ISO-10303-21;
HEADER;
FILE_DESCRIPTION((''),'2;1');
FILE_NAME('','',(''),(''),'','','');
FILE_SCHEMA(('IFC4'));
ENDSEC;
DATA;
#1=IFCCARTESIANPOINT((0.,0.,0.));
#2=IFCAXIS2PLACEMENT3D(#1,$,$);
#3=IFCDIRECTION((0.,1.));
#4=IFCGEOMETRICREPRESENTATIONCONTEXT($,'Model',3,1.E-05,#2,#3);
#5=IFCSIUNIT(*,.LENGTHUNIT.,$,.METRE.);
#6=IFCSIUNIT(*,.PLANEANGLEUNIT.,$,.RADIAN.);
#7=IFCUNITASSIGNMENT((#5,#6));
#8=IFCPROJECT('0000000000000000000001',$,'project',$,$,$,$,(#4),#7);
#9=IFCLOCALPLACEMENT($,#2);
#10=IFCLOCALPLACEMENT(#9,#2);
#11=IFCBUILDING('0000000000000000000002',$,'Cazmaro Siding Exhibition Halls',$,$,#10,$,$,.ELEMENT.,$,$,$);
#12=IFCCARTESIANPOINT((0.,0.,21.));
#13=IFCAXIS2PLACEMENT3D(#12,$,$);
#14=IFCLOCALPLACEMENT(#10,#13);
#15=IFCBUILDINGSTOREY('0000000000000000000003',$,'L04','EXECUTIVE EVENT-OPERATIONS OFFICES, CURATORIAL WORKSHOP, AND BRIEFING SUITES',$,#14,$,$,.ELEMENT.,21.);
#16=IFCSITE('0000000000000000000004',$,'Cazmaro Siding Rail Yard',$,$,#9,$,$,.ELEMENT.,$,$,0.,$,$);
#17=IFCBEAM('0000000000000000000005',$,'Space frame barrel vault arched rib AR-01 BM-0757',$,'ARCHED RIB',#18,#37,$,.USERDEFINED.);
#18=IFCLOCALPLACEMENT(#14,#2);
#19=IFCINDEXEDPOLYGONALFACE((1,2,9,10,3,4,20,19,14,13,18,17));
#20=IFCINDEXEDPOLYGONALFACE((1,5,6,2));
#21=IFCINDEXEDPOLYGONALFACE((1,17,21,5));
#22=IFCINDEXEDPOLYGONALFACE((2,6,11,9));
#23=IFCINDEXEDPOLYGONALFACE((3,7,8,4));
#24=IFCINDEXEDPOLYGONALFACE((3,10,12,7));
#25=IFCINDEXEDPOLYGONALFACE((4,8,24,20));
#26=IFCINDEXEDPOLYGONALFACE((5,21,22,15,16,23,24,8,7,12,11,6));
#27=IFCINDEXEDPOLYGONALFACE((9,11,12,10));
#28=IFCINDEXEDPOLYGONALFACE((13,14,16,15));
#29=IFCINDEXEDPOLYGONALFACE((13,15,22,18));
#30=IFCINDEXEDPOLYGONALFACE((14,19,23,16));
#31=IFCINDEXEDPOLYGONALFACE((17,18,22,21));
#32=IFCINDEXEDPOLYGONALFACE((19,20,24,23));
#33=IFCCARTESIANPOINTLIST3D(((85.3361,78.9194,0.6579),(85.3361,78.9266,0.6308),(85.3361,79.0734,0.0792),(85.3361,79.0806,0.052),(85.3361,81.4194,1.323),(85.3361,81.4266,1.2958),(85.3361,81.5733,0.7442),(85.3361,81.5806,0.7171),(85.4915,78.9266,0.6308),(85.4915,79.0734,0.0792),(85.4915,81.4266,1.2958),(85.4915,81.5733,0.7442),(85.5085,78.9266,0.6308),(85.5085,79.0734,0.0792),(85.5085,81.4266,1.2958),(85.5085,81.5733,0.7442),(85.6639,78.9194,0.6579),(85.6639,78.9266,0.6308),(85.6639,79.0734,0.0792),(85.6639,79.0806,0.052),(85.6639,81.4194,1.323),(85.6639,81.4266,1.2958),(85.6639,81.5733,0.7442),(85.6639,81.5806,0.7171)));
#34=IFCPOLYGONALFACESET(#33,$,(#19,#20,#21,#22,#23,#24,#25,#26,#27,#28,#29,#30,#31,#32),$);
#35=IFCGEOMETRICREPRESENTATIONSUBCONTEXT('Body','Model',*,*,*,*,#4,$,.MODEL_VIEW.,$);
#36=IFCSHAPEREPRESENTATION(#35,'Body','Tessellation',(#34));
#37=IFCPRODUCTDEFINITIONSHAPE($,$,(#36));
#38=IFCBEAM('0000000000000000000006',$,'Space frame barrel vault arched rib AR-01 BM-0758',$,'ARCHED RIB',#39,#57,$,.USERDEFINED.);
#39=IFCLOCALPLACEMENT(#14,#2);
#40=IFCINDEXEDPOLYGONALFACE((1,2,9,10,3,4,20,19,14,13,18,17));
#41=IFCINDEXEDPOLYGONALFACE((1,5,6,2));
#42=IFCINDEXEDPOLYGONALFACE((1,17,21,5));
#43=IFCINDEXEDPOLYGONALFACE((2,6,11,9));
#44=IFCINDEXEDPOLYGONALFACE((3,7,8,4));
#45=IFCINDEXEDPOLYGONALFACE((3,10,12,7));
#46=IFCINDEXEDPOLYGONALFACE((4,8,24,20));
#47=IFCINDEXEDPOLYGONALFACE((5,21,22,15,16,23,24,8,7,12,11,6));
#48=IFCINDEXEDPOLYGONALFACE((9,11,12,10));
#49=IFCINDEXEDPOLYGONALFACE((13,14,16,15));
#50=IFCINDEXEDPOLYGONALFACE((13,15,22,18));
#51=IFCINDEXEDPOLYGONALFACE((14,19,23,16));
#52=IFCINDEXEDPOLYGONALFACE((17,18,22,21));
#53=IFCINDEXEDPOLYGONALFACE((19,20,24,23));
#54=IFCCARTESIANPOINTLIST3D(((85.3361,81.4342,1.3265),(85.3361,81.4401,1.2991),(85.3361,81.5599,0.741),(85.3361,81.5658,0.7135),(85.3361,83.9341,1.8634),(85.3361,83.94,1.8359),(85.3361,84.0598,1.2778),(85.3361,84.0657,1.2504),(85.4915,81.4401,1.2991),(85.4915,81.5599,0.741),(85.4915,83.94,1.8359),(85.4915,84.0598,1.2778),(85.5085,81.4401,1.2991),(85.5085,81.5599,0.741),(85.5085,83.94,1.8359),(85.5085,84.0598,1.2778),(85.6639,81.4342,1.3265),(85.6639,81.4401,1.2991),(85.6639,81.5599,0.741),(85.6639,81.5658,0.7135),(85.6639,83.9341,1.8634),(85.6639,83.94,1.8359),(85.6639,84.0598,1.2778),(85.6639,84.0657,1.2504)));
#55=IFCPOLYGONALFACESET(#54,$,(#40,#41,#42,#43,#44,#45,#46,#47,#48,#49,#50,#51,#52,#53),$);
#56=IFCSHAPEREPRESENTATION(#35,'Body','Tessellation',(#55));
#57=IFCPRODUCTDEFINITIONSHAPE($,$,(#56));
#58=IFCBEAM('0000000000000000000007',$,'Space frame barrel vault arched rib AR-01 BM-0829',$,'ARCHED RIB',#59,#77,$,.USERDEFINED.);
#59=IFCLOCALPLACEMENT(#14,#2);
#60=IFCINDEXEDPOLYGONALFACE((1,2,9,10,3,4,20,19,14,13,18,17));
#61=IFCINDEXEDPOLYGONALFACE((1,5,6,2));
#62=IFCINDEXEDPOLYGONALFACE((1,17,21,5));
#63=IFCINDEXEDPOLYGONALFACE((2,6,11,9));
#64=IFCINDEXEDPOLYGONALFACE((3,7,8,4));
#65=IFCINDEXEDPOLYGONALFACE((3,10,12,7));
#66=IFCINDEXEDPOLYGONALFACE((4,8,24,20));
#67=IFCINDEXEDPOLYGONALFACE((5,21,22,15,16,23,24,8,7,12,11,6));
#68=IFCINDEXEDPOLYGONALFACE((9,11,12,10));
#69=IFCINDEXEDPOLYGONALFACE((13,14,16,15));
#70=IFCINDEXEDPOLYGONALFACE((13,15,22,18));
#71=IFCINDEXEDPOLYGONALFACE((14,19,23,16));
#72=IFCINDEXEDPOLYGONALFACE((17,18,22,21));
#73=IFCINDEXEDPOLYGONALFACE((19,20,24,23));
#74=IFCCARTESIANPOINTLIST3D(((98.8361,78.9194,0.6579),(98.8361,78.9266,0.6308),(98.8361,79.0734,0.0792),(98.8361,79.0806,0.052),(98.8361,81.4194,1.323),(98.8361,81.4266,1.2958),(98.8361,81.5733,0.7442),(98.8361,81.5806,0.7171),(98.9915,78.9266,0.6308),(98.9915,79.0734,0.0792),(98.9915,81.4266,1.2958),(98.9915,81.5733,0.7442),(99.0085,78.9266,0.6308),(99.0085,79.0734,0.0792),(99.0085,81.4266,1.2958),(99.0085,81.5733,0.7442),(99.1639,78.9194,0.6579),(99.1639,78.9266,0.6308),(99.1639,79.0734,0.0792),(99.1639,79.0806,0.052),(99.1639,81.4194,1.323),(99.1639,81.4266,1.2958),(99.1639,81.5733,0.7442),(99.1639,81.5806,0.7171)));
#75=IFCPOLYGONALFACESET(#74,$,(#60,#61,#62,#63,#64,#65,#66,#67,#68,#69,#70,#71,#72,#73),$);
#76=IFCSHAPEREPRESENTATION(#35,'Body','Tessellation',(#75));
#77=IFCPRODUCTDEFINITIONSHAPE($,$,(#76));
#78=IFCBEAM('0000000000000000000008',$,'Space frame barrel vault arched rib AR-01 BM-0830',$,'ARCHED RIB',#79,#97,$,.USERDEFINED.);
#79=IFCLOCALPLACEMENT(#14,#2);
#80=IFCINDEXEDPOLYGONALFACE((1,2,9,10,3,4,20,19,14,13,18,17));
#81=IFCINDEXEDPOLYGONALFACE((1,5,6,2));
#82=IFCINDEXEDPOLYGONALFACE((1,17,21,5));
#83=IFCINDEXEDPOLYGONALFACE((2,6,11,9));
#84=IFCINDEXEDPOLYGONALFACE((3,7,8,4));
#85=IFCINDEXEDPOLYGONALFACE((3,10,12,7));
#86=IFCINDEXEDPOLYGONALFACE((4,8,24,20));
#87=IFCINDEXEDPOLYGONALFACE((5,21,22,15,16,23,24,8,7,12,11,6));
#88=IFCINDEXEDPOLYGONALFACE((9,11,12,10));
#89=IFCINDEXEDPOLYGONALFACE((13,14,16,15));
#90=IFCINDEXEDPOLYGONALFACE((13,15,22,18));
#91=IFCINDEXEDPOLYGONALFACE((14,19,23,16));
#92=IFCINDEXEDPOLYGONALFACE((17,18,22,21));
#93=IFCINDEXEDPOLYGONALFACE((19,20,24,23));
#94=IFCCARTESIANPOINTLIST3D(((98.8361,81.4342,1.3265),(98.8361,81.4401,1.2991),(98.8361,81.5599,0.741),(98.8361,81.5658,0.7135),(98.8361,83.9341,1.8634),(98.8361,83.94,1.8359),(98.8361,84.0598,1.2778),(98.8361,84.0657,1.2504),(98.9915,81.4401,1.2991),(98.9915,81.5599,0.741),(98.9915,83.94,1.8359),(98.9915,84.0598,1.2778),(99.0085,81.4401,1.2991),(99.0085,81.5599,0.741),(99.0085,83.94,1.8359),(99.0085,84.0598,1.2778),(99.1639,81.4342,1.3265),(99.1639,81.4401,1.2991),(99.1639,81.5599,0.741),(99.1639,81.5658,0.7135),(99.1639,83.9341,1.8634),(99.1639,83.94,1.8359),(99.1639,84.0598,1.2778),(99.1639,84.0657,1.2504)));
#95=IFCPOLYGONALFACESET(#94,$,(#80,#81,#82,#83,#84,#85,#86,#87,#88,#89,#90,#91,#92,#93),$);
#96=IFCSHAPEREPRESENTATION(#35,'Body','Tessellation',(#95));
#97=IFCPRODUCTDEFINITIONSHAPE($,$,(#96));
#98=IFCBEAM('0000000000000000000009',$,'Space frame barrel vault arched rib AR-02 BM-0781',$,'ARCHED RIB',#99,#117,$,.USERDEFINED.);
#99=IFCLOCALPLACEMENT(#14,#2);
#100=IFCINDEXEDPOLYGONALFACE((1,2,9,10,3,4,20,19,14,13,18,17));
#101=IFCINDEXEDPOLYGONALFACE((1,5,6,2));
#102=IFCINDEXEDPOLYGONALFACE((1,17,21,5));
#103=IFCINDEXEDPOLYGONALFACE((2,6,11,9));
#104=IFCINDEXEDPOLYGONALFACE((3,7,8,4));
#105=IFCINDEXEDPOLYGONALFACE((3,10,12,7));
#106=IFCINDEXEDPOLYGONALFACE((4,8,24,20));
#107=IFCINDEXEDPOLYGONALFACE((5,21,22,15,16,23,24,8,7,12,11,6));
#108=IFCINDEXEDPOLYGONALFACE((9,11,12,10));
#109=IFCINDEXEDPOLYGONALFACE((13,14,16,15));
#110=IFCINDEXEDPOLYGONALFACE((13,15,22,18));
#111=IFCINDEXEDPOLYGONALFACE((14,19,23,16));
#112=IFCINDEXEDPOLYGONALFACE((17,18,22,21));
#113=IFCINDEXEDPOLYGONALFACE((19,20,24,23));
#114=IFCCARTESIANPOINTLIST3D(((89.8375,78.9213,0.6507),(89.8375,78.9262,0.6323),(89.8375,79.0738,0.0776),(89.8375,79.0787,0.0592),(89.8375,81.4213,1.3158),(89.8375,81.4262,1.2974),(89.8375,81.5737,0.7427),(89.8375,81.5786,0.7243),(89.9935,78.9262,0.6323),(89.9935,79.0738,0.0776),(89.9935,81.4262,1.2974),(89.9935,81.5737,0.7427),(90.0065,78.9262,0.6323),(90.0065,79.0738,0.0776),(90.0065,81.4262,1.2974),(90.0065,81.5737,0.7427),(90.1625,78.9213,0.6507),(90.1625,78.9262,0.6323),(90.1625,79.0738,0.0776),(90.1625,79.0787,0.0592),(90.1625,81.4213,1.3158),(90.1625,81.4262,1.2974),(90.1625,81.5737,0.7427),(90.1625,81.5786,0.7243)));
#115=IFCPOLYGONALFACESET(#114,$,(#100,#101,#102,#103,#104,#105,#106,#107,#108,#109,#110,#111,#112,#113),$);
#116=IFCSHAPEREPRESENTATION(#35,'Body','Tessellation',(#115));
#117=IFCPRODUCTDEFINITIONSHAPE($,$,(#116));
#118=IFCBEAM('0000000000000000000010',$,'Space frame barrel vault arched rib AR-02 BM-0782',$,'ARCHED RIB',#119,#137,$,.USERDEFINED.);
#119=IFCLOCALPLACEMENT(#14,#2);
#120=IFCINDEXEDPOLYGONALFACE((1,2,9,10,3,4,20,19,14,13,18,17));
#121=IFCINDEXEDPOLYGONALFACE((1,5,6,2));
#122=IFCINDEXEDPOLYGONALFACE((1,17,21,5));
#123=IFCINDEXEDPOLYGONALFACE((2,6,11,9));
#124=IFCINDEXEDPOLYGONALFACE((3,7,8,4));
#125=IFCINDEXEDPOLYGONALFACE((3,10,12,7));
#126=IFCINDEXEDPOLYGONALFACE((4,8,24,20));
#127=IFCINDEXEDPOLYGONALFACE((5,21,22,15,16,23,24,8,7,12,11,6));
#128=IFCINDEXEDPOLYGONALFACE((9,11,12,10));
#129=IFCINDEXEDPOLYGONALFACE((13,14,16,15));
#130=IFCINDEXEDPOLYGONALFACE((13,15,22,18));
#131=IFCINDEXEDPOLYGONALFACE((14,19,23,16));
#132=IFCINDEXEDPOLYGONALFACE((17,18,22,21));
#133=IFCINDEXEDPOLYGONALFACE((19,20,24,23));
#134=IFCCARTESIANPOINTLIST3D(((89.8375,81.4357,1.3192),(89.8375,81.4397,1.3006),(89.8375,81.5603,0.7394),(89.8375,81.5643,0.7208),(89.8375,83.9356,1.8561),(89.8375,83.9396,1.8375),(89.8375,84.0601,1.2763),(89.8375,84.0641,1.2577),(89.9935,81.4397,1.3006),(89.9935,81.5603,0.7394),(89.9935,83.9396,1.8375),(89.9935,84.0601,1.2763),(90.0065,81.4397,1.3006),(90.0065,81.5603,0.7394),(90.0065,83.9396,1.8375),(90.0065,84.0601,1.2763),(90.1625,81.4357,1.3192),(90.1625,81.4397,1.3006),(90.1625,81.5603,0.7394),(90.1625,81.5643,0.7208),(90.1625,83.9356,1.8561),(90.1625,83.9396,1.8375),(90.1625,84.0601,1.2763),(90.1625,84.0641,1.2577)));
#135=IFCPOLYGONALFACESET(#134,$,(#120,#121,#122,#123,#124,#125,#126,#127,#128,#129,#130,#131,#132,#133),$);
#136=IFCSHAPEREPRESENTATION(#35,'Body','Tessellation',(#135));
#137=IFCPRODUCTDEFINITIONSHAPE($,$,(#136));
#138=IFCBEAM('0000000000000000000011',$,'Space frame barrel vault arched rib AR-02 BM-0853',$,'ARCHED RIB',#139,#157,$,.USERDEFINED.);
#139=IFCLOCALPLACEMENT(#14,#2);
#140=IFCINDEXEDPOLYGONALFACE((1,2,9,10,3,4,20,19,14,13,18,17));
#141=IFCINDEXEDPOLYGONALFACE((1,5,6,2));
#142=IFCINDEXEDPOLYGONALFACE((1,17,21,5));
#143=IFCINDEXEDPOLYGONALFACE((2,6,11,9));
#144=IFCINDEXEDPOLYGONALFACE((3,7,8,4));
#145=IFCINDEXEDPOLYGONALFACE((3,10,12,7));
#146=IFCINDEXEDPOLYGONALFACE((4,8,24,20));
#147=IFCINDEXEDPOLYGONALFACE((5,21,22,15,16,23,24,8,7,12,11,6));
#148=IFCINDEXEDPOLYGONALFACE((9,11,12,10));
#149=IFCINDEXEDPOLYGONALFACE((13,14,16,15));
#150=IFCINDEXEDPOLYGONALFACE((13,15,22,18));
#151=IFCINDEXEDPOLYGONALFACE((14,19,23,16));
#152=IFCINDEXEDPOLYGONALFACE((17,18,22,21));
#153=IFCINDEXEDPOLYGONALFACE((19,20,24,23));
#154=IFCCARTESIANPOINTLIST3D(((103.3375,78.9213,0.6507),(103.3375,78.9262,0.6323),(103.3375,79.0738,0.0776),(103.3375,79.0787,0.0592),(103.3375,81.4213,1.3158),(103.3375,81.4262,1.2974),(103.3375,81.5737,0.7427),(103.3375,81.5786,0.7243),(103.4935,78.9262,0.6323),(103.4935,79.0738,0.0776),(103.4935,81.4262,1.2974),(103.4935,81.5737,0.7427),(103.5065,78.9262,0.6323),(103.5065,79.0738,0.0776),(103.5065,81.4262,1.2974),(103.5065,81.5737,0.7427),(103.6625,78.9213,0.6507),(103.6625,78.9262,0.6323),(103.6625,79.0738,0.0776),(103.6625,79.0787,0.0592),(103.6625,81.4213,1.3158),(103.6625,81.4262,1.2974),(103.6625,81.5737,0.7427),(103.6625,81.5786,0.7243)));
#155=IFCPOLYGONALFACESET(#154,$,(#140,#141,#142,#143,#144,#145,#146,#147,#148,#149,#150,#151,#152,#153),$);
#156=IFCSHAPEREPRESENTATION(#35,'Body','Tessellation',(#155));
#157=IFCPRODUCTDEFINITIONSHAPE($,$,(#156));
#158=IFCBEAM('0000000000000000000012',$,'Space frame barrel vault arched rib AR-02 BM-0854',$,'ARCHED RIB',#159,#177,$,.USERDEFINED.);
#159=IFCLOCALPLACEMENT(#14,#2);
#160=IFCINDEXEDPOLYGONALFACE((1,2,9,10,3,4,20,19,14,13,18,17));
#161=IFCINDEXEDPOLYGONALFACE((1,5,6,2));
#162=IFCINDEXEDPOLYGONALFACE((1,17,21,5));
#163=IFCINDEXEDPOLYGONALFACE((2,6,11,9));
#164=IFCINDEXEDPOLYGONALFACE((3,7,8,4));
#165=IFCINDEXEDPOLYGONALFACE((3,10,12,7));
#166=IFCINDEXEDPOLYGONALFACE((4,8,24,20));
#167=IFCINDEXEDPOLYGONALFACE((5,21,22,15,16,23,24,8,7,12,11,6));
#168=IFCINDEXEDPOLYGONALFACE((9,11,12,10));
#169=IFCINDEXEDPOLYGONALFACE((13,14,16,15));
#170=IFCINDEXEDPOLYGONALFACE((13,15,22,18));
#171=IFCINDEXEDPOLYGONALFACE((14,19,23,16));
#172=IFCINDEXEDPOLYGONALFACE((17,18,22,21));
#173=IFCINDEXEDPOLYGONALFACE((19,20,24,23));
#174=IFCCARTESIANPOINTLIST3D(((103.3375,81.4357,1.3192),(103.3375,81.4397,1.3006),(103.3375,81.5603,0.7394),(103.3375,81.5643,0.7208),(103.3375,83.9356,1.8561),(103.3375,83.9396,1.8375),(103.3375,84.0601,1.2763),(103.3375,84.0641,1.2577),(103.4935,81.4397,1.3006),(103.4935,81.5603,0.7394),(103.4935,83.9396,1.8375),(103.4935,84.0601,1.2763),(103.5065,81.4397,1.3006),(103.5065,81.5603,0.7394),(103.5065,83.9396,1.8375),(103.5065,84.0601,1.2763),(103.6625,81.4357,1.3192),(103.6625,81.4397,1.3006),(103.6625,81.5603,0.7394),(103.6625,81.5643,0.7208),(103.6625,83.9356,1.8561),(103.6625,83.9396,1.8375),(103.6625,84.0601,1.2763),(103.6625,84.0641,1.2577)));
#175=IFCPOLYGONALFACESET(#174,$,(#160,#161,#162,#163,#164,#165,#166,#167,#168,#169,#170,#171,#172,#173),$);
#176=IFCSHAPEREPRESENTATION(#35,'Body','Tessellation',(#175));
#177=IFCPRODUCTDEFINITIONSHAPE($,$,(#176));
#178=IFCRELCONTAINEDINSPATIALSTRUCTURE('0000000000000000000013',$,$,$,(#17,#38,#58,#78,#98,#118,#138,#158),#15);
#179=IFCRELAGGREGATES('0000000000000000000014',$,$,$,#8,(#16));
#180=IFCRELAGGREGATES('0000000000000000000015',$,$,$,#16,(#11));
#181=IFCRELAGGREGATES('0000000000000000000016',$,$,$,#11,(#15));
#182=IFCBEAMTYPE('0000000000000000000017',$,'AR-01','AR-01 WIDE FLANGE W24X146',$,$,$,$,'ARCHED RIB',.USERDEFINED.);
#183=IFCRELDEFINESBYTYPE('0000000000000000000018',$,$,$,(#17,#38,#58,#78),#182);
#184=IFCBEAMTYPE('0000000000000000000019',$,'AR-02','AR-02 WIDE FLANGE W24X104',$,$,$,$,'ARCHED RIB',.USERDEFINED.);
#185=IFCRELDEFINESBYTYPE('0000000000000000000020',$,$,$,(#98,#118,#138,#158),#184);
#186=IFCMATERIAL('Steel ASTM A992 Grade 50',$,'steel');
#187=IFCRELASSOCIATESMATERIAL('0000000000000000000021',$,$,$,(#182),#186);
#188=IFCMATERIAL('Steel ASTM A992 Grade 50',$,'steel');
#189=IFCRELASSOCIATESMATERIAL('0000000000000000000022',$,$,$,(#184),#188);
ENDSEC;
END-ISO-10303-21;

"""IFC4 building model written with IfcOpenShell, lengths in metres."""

from ifc_helpers import new_model, si_unit, direction, frame, origin, origin_2d, place, context, subcontext, project, spatial, i_section, extrude, material, material_profile, profile_set, type_object, element, save


model = new_model("IFC4")

# Units and contexts
model_context = context("Model", 3, precision=1e-05, world=origin(), true_north=direction((0.0, 1.0)))
body_context = subcontext(model_context, "Body", "Model", "MODEL_VIEW")
ifc_project = project(units=[si_unit("LENGTHUNIT", "METRE"), si_unit("PLANEANGLEUNIT", "RADIAN")], contexts=[model_context])

# Site, building, storey
site_placement = place(None, origin())
site = spatial("IfcSite", under=ifc_project, at=site_placement, Name="Cazmaro Siding Rail Yard", CompositionType="ELEMENT", RefElevation=0.0)
building_placement = place(site_placement, origin())
building = spatial("IfcBuilding", under=site, at=building_placement, Name="Cazmaro Siding Exhibition Halls", CompositionType="ELEMENT")
storey_placement = place(building_placement, frame((0.0, 0.0, 21.0)))
storey = spatial("IfcBuildingStorey", under=building, at=storey_placement, Name="L04", Description="EXECUTIVE EVENT-OPERATIONS OFFICES, CURATORIAL WORKSHOP, AND BRIEFING SUITES", CompositionType="ELEMENT", Elevation=21.0)

# Beams
ifc_material_1 = material(Name="Steel ASTM A992 Grade 50", Category="steel")
ifc_material_profile_1 = material_profile(ifc_material_1, i_section(OverallWidth=0.3279, OverallDepth=0.627, WebThickness=0.0171, FlangeThickness=0.0281, at=origin_2d()), Name="W24X146")
ifc_profile_set_1 = profile_set([ifc_material_profile_1], Name="Steel ASTM A992 Grade 50")
beam_type_1 = type_object("IfcBeamType", Name="AR-01", Description="AR-01 WIDE FLANGE W24X146", ElementType="ARCHED RIB", PredefinedType="USERDEFINED", material=ifc_profile_set_1)
beam_1_placement = place(storey_placement, frame((85.5, 79.0, 0.355), z_axis=(0.0, 0.966391, 0.257075), x_axis=(-1.0, 0.0, 0.0)))
element("IfcBeam", 1, at=beam_1_placement, inside=storey, type_object=beam_type_1, Name="Space frame barrel vault arched rib AR-01 BM-0757", ObjectType="ARCHED RIB", PredefinedType="USERDEFINED", context=body_context, shape_type="SweptSolid", body=[
    extrude(i_section(OverallWidth=0.3279, OverallDepth=0.627, WebThickness=0.0171, FlangeThickness=0.0281, at=origin_2d()), origin(), (0.0, 0.0, 1.0), 2.5869),
])
beam_2_placement = place(storey_placement, frame((85.5, 81.5, 1.02), z_axis=(0.0, 0.97771, 0.209959), x_axis=(-1.0, 0.0, 0.0)))
element("IfcBeam", 2, at=beam_2_placement, inside=storey, type_object=beam_type_1, Name="Space frame barrel vault arched rib AR-01 BM-0758", ObjectType="ARCHED RIB", PredefinedType="USERDEFINED", context=body_context, shape_type="SweptSolid", body=[
    extrude(i_section(OverallWidth=0.3279, OverallDepth=0.627, WebThickness=0.0171, FlangeThickness=0.0281, at=origin_2d()), origin(), (0.0, 0.0, 1.0), 2.5569),
])
beam_3_placement = place(storey_placement, frame((99.0, 79.0, 0.355), z_axis=(0.0, 0.966391, 0.257075), x_axis=(-1.0, 0.0, 0.0)))
element("IfcBeam", 3, at=beam_3_placement, inside=storey, type_object=beam_type_1, Name="Space frame barrel vault arched rib AR-01 BM-0829", ObjectType="ARCHED RIB", PredefinedType="USERDEFINED", context=body_context, shape_type="SweptSolid", body=[
    extrude(i_section(OverallWidth=0.3279, OverallDepth=0.627, WebThickness=0.0171, FlangeThickness=0.0281, at=origin_2d()), origin(), (0.0, 0.0, 1.0), 2.5869),
])
beam_4_placement = place(storey_placement, frame((99.0, 81.5, 1.02), z_axis=(0.0, 0.97771, 0.209959), x_axis=(-1.0, 0.0, 0.0)))
element("IfcBeam", 4, at=beam_4_placement, inside=storey, type_object=beam_type_1, Name="Space frame barrel vault arched rib AR-01 BM-0830", ObjectType="ARCHED RIB", PredefinedType="USERDEFINED", context=body_context, shape_type="SweptSolid", body=[
    extrude(i_section(OverallWidth=0.3279, OverallDepth=0.627, WebThickness=0.0171, FlangeThickness=0.0281, at=origin_2d()), origin(), (0.0, 0.0, 1.0), 2.5569),
])
ifc_material_2 = material(Name="Steel ASTM A992 Grade 50", Category="steel")
ifc_material_profile_2 = material_profile(ifc_material_2, i_section(OverallWidth=0.325, OverallDepth=0.6121, WebThickness=0.0129, FlangeThickness=0.019, at=origin_2d()), Name="W24X104")
ifc_profile_set_2 = profile_set([ifc_material_profile_2], Name="Steel ASTM A992 Grade 50")
beam_type_2 = type_object("IfcBeamType", Name="AR-02", Description="AR-02 WIDE FLANGE W24X104", ElementType="ARCHED RIB", PredefinedType="USERDEFINED", material=ifc_profile_set_2)
beam_5_placement = place(storey_placement, frame((90.0, 79.0, 0.355), z_axis=(0.0, 0.966391, 0.257075), x_axis=(-1.0, 0.0, 0.0)))
element("IfcBeam", 5, at=beam_5_placement, inside=storey, type_object=beam_type_2, Name="Space frame barrel vault arched rib AR-02 BM-0781", ObjectType="ARCHED RIB", PredefinedType="USERDEFINED", context=body_context, shape_type="SweptSolid", body=[
    extrude(i_section(OverallWidth=0.325, OverallDepth=0.6121, WebThickness=0.0129, FlangeThickness=0.019, at=origin_2d()), origin(), (0.0, 0.0, 1.0), 2.5869),
])
beam_6_placement = place(storey_placement, frame((90.0, 81.5, 1.02), z_axis=(0.0, 0.97771, 0.209959), x_axis=(-1.0, 0.0, 0.0)))
element("IfcBeam", 6, at=beam_6_placement, inside=storey, type_object=beam_type_2, Name="Space frame barrel vault arched rib AR-02 BM-0782", ObjectType="ARCHED RIB", PredefinedType="USERDEFINED", context=body_context, shape_type="SweptSolid", body=[
    extrude(i_section(OverallWidth=0.325, OverallDepth=0.6121, WebThickness=0.0129, FlangeThickness=0.019, at=origin_2d()), origin(), (0.0, 0.0, 1.0), 2.5569),
])
beam_7_placement = place(storey_placement, frame((103.5, 79.0, 0.355), z_axis=(0.0, 0.966391, 0.257075), x_axis=(-1.0, 0.0, 0.0)))
element("IfcBeam", 7, at=beam_7_placement, inside=storey, type_object=beam_type_2, Name="Space frame barrel vault arched rib AR-02 BM-0853", ObjectType="ARCHED RIB", PredefinedType="USERDEFINED", context=body_context, shape_type="SweptSolid", body=[
    extrude(i_section(OverallWidth=0.325, OverallDepth=0.6121, WebThickness=0.0129, FlangeThickness=0.019, at=origin_2d()), origin(), (0.0, 0.0, 1.0), 2.5869),
])
beam_8_placement = place(storey_placement, frame((103.5, 81.5, 1.02), z_axis=(0.0, 0.97771, 0.209959), x_axis=(-1.0, 0.0, 0.0)))
element("IfcBeam", 8, at=beam_8_placement, inside=storey, type_object=beam_type_2, Name="Space frame barrel vault arched rib AR-02 BM-0854", ObjectType="ARCHED RIB", PredefinedType="USERDEFINED", context=body_context, shape_type="SweptSolid", body=[
    extrude(i_section(OverallWidth=0.325, OverallDepth=0.6121, WebThickness=0.0129, FlangeThickness=0.019, at=origin_2d()), origin(), (0.0, 0.0, 1.0), 2.5569),
])

save(model, "model.ifc")
